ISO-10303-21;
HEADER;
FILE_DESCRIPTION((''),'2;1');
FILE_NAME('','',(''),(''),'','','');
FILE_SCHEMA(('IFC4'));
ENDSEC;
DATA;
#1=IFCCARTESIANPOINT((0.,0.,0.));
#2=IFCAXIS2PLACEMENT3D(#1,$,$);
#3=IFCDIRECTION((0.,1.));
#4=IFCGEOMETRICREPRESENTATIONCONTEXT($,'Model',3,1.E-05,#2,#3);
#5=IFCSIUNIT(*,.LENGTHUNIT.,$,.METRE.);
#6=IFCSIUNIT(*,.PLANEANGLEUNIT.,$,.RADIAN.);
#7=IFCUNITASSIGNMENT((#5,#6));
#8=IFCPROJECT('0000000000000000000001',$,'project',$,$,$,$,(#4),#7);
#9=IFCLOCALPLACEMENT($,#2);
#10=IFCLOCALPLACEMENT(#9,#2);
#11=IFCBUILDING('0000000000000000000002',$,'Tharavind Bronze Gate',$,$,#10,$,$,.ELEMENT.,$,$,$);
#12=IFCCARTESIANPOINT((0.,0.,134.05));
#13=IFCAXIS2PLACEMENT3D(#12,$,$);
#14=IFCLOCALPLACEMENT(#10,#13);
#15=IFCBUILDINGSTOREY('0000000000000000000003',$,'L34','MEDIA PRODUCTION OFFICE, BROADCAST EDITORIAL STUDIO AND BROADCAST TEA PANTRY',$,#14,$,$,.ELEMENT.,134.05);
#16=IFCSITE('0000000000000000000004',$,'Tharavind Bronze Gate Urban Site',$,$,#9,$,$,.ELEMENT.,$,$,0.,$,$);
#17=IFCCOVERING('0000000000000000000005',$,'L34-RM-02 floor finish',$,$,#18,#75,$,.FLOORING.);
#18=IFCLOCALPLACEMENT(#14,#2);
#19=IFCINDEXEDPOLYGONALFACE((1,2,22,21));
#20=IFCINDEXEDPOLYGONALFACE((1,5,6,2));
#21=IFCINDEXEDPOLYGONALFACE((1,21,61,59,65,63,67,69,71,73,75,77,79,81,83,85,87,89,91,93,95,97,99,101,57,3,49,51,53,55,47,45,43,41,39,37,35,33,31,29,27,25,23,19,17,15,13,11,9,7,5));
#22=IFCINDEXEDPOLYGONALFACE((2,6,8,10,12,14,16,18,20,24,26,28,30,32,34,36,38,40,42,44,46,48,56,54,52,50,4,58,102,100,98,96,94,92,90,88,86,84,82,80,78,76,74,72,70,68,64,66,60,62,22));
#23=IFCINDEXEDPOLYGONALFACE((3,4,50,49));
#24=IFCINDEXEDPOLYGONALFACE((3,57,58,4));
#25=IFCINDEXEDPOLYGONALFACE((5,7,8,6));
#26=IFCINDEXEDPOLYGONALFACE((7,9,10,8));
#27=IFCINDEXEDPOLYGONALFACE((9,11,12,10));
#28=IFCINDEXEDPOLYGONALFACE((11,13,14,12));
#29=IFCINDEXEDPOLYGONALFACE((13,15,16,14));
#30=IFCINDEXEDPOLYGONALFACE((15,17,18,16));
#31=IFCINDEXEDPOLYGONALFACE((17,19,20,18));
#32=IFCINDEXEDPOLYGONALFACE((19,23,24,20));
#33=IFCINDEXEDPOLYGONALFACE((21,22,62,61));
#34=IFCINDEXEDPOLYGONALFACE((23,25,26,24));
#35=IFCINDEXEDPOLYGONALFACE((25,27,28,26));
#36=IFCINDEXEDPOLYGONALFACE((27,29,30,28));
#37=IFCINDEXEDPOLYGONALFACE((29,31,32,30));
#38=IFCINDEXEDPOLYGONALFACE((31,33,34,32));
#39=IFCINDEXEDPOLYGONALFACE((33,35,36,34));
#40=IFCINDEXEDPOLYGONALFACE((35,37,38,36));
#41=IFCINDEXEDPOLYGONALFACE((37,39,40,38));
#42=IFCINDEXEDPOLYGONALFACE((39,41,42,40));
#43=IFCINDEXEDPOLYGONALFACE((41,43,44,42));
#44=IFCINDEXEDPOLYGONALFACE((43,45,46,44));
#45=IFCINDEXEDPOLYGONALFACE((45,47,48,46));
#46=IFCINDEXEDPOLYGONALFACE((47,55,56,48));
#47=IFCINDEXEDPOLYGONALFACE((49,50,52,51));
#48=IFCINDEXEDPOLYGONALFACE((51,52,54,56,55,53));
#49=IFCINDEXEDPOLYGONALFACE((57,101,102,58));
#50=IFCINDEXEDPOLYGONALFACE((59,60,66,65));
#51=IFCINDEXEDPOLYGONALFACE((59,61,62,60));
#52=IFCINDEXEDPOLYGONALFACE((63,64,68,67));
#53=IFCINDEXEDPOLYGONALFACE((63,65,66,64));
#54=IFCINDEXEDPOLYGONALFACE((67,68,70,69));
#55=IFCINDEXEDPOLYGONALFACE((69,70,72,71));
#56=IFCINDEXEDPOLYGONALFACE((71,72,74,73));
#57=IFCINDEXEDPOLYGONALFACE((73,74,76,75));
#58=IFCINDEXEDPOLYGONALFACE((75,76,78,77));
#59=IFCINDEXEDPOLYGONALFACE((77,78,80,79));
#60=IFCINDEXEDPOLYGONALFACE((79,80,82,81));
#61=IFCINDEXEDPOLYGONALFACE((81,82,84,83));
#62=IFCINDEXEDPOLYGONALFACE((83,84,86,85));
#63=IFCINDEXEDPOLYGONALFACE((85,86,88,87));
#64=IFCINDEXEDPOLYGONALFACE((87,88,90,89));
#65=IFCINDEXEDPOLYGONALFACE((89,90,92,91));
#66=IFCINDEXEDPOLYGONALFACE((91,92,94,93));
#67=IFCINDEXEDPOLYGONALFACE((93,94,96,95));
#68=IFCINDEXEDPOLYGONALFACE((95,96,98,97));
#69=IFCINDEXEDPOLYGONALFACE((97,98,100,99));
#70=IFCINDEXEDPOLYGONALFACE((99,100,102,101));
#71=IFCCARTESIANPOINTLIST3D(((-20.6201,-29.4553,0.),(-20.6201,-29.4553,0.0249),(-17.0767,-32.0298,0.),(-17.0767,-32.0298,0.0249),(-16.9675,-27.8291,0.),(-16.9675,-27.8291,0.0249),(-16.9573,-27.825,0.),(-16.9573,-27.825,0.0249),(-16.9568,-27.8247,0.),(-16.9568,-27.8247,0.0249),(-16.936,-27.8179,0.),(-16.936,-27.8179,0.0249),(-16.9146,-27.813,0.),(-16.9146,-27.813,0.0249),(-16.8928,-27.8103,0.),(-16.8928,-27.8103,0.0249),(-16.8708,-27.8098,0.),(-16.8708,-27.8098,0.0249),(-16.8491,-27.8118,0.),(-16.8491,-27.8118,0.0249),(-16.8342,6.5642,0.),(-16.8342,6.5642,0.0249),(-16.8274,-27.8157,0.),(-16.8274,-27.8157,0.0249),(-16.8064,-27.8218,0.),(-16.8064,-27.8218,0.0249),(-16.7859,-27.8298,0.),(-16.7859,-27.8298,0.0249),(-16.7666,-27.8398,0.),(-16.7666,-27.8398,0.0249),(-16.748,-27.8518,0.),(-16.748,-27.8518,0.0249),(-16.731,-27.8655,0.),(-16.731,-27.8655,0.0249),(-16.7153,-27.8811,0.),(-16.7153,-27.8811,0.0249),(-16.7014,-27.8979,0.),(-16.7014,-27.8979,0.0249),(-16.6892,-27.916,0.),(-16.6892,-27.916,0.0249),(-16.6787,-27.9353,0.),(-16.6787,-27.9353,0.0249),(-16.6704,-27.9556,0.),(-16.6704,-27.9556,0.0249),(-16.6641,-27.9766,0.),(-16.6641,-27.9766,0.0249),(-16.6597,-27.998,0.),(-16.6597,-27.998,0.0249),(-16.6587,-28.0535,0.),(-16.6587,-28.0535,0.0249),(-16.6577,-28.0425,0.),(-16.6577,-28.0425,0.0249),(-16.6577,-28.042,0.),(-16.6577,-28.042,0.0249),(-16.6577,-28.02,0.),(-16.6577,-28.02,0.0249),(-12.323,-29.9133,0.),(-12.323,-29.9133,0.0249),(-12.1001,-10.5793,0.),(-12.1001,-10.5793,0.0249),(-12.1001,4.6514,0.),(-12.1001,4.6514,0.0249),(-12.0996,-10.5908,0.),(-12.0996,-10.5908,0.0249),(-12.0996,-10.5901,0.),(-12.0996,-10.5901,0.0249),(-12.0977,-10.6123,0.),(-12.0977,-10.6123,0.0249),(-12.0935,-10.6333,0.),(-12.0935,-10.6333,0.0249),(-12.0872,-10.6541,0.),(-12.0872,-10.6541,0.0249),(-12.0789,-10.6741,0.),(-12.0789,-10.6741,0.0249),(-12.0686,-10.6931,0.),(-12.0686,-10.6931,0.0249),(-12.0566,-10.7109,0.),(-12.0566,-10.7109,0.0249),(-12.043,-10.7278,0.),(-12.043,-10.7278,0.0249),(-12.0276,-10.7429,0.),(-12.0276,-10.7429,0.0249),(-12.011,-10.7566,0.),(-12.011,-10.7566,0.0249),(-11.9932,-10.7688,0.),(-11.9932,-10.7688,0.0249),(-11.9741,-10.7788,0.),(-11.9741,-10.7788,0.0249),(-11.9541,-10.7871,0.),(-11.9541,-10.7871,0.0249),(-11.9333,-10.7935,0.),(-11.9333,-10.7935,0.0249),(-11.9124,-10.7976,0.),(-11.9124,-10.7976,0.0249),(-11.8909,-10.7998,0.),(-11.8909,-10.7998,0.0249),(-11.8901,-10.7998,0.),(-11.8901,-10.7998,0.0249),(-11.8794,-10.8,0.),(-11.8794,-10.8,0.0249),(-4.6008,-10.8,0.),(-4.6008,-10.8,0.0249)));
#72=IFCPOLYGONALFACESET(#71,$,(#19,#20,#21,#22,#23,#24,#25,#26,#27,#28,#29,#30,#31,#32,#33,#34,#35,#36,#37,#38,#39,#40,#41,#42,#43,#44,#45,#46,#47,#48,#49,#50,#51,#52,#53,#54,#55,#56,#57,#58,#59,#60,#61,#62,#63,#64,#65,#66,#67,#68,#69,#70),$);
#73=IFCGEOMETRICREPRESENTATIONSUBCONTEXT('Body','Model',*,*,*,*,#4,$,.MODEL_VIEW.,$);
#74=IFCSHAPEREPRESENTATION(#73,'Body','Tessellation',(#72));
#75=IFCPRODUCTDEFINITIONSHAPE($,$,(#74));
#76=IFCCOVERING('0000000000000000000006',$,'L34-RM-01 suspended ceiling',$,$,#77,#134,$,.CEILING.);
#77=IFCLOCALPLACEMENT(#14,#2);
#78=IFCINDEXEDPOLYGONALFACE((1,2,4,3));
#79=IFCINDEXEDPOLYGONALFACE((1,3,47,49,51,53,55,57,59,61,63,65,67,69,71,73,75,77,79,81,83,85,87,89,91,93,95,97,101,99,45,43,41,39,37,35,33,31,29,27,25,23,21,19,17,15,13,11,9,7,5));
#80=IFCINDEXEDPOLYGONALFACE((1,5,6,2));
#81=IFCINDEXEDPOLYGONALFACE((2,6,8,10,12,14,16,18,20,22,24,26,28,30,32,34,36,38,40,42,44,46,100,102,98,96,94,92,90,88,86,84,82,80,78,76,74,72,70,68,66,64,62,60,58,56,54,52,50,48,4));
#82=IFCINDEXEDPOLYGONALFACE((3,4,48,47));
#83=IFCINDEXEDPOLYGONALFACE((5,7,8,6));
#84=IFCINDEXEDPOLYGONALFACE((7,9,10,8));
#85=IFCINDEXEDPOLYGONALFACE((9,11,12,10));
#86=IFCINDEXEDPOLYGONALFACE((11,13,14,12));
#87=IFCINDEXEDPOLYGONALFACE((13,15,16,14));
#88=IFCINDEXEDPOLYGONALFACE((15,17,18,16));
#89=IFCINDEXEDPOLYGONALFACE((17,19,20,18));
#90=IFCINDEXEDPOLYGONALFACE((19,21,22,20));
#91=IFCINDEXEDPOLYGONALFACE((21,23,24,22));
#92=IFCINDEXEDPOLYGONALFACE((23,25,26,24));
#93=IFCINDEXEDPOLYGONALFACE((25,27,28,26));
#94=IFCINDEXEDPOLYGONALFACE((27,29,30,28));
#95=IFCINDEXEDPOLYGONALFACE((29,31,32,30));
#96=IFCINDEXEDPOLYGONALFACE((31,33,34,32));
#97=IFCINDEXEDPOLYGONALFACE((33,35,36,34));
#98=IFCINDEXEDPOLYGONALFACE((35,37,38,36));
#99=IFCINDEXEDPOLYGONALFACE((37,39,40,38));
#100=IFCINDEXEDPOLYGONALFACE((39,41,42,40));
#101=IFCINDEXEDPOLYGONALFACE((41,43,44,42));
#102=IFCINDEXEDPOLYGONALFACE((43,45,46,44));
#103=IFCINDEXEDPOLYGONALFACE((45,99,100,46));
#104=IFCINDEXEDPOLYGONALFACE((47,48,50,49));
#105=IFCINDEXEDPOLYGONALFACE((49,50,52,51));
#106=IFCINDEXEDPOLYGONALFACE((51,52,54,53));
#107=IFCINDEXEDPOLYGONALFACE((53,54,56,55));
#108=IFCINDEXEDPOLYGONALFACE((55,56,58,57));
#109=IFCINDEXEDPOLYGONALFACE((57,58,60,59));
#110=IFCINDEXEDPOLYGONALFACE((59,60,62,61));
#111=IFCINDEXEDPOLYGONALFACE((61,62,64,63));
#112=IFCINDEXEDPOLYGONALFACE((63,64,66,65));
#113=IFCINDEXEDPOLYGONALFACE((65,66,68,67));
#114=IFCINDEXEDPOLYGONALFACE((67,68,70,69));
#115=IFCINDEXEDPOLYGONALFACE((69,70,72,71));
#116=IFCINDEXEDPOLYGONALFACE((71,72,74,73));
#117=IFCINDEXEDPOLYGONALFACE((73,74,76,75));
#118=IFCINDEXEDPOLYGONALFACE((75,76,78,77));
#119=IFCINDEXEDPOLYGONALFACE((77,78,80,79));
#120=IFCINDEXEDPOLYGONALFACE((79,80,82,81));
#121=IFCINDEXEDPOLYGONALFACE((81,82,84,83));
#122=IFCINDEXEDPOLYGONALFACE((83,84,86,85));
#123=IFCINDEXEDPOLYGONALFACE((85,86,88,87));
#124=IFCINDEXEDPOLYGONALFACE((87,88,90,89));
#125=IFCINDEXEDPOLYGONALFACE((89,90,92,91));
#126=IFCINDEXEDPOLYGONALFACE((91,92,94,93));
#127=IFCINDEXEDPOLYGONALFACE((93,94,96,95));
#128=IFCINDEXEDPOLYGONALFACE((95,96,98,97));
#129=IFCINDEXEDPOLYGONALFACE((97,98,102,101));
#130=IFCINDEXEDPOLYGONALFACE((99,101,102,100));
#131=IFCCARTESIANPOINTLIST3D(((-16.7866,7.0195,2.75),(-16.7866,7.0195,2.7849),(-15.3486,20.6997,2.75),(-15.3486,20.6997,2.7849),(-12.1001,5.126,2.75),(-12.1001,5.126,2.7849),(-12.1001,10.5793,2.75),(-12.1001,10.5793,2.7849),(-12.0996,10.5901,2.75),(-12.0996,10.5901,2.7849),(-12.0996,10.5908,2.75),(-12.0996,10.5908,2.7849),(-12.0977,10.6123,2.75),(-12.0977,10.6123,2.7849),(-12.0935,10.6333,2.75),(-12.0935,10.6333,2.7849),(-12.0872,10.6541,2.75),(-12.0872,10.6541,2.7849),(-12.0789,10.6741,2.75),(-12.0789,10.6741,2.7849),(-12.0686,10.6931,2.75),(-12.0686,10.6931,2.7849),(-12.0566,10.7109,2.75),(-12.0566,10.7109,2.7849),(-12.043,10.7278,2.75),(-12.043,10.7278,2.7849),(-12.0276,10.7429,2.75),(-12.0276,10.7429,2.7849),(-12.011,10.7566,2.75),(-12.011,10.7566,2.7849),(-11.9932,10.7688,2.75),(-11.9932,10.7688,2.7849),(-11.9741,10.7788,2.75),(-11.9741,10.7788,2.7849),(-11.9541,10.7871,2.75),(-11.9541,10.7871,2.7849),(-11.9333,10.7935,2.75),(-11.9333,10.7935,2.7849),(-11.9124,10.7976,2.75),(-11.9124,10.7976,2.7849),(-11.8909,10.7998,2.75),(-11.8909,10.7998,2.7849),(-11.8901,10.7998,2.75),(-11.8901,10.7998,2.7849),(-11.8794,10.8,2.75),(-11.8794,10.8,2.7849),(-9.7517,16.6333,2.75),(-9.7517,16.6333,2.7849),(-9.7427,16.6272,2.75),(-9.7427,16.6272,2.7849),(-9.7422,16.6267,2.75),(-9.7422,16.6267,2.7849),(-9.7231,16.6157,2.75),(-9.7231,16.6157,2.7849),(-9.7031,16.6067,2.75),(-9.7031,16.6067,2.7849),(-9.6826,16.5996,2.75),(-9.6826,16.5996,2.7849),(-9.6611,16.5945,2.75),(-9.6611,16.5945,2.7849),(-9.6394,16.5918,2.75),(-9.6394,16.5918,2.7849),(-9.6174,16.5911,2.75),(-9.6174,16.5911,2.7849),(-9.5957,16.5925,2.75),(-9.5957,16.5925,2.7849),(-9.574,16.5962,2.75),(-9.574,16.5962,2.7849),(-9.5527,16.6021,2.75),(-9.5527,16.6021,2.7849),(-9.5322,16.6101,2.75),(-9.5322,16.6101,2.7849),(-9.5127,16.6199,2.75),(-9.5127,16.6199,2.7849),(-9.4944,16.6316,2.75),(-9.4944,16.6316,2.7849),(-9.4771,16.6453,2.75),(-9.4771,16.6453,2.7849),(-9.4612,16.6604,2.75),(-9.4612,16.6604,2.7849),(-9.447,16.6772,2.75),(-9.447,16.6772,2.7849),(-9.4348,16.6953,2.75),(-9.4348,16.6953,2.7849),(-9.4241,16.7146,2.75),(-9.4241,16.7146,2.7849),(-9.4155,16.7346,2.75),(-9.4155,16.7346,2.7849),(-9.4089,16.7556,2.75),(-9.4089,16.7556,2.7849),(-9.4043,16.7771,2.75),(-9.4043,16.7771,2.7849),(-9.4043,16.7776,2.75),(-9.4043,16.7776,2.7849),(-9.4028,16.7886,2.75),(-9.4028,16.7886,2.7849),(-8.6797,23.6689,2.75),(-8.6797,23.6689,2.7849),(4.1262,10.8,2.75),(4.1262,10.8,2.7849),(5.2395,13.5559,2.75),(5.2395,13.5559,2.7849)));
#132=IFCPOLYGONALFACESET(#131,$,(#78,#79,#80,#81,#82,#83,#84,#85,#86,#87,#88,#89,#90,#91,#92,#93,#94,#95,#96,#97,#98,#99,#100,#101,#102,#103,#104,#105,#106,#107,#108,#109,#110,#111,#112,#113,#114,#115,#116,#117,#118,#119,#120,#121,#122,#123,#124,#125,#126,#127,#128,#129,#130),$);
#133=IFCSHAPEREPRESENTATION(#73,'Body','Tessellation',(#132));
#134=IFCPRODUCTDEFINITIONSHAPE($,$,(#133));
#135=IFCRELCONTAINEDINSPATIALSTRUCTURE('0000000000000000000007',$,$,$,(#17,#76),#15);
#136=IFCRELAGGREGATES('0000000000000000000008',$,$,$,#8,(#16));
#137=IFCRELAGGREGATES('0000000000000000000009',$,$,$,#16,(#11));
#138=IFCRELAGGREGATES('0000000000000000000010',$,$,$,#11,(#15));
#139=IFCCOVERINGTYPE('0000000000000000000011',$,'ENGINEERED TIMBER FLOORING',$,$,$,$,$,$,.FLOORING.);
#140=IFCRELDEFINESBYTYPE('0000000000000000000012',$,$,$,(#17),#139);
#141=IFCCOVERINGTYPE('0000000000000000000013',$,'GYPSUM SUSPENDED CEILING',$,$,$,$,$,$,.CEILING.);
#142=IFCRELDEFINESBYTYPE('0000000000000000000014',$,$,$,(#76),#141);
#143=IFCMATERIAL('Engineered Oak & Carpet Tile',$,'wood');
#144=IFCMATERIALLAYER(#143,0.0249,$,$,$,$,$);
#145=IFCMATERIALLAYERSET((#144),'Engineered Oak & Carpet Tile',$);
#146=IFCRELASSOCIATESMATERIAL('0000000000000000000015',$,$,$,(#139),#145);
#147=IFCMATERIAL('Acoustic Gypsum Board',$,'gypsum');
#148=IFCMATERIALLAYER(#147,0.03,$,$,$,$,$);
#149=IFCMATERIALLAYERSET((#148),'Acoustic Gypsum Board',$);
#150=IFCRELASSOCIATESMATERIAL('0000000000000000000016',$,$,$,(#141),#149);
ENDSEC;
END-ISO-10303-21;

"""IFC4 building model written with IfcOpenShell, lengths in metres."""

from ifc_helpers import new_model, si_unit, direction, frame, origin, place, context, subcontext, project, spatial, polyline, outline, extrude, material, layer, layer_set, type_object, element, save


model = new_model("IFC4")

# Units and contexts
model_context = context("Model", 3, precision=1e-05, world=origin(), true_north=direction((0.0, 1.0)))
body_context = subcontext(model_context, "Body", "Model", "MODEL_VIEW")
ifc_project = project(units=[si_unit("LENGTHUNIT", "METRE"), si_unit("PLANEANGLEUNIT", "RADIAN")], contexts=[model_context])

# Site, building, storey
site_placement = place(None, origin())
site = spatial("IfcSite", under=ifc_project, at=site_placement, Name="Tharavind Bronze Gate Urban Site", CompositionType="ELEMENT", RefElevation=0.0)
building_placement = place(site_placement, origin())
building = spatial("IfcBuilding", under=site, at=building_placement, Name="Tharavind Bronze Gate", CompositionType="ELEMENT")
storey_placement = place(building_placement, frame((0.0, 0.0, 134.05)))
storey = spatial("IfcBuildingStorey", under=building, at=storey_placement, Name="L34", Description="MEDIA PRODUCTION OFFICE, BROADCAST EDITORIAL STUDIO AND BROADCAST TEA PANTRY", CompositionType="ELEMENT", Elevation=134.05)

# Coverings
ifc_material_1 = material(Name="Engineered Oak & Carpet Tile", Category="wood")
ifc_layer_1 = layer(ifc_material_1, 0.0249)
ifc_layer_set_1 = layer_set([ifc_layer_1], Name="Engineered Oak & Carpet Tile")
covering_type_1 = type_object("IfcCoveringType", Name="ENGINEERED TIMBER FLOORING", PredefinedType="FLOORING", material=ifc_layer_set_1)
covering_1_placement = place(storey_placement, origin())
element("IfcCovering", 1, at=covering_1_placement, inside=storey, type_object=covering_type_1, Name="L34-RM-02 floor finish", PredefinedType="FLOORING", context=body_context, shape_type="SweptSolid", body=[
    extrude(outline(polyline([(-16.9675, -27.8291), (-16.9573, -27.825), (-16.9568, -27.8247), (-16.936, -27.8179), (-16.9146, -27.813), (-16.8928, -27.8103), (-16.8708, -27.8098), (-16.8491, -27.8118), (-16.8274, -27.8157), (-16.8064, -27.8218), (-16.7859, -27.8298), (-16.7666, -27.8398), (-16.748, -27.8518), (-16.731, -27.8655), (-16.7153, -27.8811), (-16.7014, -27.8979), (-16.6892, -27.916), (-16.6787, -27.9353), (-16.6704, -27.9556), (-16.6641, -27.9766), (-16.6597, -27.998), (-16.6577, -28.02), (-16.6577, -28.042), (-16.6577, -28.0425), (-16.6587, -28.0535), (-17.0767, -32.0298), (-12.323, -29.9133), (-4.6008, -10.8), (-11.8794, -10.8), (-11.8901, -10.7998), (-11.8909, -10.7998), (-11.9124, -10.7976), (-11.9333, -10.7935), (-11.9541, -10.7871), (-11.9741, -10.7788), (-11.9932, -10.7688), (-12.011, -10.7566), (-12.0276, -10.7429), (-12.043, -10.7278), (-12.0566, -10.7109), (-12.0686, -10.6931), (-12.0789, -10.6741), (-12.0872, -10.6541), (-12.0935, -10.6333), (-12.0977, -10.6123), (-12.0996, -10.5908), (-12.0996, -10.5901), (-12.1001, -10.5793), (-12.1001, 4.6514), (-16.8342, 6.5642), (-20.6201, -29.4553), (-16.9675, -27.8291)])), origin(), (0.0, 0.0, 1.0), 0.0249),
])
ifc_material_2 = material(Name="Acoustic Gypsum Board", Category="gypsum")
ifc_layer_2 = layer(ifc_material_2, 0.03)
ifc_layer_set_2 = layer_set([ifc_layer_2], Name="Acoustic Gypsum Board")
covering_type_2 = type_object("IfcCoveringType", Name="GYPSUM SUSPENDED CEILING", PredefinedType="CEILING", material=ifc_layer_set_2)
covering_2_placement = place(storey_placement, frame((0.0, 0.0, 2.75)))
element("IfcCovering", 2, at=covering_2_placement, inside=storey, type_object=covering_type_2, Name="L34-RM-01 suspended ceiling", PredefinedType="CEILING", context=body_context, shape_type="SweptSolid", body=[
    extrude(outline(polyline([(-12.1001, 5.126), (-12.1001, 10.5793), (-12.0996, 10.5901), (-12.0996, 10.5908), (-12.0977, 10.6123), (-12.0935, 10.6333), (-12.0872, 10.6541), (-12.0789, 10.6741), (-12.0686, 10.6931), (-12.0566, 10.7109), (-12.043, 10.7278), (-12.0276, 10.7429), (-12.011, 10.7566), (-11.9932, 10.7688), (-11.9741, 10.7788), (-11.9541, 10.7871), (-11.9333, 10.7935), (-11.9124, 10.7976), (-11.8909, 10.7998), (-11.8901, 10.7998), (-11.8794, 10.8), (4.1262, 10.8), (5.2395, 13.5559), (-8.6797, 23.6689), (-9.4028, 16.7886), (-9.4043, 16.7776), (-9.4043, 16.7771), (-9.4089, 16.7556), (-9.4155, 16.7346), (-9.4241, 16.7146), (-9.4348, 16.6953), (-9.447, 16.6772), (-9.4612, 16.6604), (-9.4771, 16.6453), (-9.4944, 16.6316), (-9.5127, 16.6199), (-9.5322, 16.6101), (-9.5527, 16.6021), (-9.574, 16.5962), (-9.5957, 16.5925), (-9.6174, 16.5911), (-9.6394, 16.5918), (-9.6611, 16.5945), (-9.6826, 16.5996), (-9.7031, 16.6067), (-9.7231, 16.6157), (-9.7422, 16.6267), (-9.7427, 16.6272), (-9.7517, 16.6333), (-15.3486, 20.6997), (-16.7866, 7.0195), (-12.1001, 5.126)])), origin(), (0.0, 0.0, 1.0), 0.0349),
])

save(model, "model.ifc")
